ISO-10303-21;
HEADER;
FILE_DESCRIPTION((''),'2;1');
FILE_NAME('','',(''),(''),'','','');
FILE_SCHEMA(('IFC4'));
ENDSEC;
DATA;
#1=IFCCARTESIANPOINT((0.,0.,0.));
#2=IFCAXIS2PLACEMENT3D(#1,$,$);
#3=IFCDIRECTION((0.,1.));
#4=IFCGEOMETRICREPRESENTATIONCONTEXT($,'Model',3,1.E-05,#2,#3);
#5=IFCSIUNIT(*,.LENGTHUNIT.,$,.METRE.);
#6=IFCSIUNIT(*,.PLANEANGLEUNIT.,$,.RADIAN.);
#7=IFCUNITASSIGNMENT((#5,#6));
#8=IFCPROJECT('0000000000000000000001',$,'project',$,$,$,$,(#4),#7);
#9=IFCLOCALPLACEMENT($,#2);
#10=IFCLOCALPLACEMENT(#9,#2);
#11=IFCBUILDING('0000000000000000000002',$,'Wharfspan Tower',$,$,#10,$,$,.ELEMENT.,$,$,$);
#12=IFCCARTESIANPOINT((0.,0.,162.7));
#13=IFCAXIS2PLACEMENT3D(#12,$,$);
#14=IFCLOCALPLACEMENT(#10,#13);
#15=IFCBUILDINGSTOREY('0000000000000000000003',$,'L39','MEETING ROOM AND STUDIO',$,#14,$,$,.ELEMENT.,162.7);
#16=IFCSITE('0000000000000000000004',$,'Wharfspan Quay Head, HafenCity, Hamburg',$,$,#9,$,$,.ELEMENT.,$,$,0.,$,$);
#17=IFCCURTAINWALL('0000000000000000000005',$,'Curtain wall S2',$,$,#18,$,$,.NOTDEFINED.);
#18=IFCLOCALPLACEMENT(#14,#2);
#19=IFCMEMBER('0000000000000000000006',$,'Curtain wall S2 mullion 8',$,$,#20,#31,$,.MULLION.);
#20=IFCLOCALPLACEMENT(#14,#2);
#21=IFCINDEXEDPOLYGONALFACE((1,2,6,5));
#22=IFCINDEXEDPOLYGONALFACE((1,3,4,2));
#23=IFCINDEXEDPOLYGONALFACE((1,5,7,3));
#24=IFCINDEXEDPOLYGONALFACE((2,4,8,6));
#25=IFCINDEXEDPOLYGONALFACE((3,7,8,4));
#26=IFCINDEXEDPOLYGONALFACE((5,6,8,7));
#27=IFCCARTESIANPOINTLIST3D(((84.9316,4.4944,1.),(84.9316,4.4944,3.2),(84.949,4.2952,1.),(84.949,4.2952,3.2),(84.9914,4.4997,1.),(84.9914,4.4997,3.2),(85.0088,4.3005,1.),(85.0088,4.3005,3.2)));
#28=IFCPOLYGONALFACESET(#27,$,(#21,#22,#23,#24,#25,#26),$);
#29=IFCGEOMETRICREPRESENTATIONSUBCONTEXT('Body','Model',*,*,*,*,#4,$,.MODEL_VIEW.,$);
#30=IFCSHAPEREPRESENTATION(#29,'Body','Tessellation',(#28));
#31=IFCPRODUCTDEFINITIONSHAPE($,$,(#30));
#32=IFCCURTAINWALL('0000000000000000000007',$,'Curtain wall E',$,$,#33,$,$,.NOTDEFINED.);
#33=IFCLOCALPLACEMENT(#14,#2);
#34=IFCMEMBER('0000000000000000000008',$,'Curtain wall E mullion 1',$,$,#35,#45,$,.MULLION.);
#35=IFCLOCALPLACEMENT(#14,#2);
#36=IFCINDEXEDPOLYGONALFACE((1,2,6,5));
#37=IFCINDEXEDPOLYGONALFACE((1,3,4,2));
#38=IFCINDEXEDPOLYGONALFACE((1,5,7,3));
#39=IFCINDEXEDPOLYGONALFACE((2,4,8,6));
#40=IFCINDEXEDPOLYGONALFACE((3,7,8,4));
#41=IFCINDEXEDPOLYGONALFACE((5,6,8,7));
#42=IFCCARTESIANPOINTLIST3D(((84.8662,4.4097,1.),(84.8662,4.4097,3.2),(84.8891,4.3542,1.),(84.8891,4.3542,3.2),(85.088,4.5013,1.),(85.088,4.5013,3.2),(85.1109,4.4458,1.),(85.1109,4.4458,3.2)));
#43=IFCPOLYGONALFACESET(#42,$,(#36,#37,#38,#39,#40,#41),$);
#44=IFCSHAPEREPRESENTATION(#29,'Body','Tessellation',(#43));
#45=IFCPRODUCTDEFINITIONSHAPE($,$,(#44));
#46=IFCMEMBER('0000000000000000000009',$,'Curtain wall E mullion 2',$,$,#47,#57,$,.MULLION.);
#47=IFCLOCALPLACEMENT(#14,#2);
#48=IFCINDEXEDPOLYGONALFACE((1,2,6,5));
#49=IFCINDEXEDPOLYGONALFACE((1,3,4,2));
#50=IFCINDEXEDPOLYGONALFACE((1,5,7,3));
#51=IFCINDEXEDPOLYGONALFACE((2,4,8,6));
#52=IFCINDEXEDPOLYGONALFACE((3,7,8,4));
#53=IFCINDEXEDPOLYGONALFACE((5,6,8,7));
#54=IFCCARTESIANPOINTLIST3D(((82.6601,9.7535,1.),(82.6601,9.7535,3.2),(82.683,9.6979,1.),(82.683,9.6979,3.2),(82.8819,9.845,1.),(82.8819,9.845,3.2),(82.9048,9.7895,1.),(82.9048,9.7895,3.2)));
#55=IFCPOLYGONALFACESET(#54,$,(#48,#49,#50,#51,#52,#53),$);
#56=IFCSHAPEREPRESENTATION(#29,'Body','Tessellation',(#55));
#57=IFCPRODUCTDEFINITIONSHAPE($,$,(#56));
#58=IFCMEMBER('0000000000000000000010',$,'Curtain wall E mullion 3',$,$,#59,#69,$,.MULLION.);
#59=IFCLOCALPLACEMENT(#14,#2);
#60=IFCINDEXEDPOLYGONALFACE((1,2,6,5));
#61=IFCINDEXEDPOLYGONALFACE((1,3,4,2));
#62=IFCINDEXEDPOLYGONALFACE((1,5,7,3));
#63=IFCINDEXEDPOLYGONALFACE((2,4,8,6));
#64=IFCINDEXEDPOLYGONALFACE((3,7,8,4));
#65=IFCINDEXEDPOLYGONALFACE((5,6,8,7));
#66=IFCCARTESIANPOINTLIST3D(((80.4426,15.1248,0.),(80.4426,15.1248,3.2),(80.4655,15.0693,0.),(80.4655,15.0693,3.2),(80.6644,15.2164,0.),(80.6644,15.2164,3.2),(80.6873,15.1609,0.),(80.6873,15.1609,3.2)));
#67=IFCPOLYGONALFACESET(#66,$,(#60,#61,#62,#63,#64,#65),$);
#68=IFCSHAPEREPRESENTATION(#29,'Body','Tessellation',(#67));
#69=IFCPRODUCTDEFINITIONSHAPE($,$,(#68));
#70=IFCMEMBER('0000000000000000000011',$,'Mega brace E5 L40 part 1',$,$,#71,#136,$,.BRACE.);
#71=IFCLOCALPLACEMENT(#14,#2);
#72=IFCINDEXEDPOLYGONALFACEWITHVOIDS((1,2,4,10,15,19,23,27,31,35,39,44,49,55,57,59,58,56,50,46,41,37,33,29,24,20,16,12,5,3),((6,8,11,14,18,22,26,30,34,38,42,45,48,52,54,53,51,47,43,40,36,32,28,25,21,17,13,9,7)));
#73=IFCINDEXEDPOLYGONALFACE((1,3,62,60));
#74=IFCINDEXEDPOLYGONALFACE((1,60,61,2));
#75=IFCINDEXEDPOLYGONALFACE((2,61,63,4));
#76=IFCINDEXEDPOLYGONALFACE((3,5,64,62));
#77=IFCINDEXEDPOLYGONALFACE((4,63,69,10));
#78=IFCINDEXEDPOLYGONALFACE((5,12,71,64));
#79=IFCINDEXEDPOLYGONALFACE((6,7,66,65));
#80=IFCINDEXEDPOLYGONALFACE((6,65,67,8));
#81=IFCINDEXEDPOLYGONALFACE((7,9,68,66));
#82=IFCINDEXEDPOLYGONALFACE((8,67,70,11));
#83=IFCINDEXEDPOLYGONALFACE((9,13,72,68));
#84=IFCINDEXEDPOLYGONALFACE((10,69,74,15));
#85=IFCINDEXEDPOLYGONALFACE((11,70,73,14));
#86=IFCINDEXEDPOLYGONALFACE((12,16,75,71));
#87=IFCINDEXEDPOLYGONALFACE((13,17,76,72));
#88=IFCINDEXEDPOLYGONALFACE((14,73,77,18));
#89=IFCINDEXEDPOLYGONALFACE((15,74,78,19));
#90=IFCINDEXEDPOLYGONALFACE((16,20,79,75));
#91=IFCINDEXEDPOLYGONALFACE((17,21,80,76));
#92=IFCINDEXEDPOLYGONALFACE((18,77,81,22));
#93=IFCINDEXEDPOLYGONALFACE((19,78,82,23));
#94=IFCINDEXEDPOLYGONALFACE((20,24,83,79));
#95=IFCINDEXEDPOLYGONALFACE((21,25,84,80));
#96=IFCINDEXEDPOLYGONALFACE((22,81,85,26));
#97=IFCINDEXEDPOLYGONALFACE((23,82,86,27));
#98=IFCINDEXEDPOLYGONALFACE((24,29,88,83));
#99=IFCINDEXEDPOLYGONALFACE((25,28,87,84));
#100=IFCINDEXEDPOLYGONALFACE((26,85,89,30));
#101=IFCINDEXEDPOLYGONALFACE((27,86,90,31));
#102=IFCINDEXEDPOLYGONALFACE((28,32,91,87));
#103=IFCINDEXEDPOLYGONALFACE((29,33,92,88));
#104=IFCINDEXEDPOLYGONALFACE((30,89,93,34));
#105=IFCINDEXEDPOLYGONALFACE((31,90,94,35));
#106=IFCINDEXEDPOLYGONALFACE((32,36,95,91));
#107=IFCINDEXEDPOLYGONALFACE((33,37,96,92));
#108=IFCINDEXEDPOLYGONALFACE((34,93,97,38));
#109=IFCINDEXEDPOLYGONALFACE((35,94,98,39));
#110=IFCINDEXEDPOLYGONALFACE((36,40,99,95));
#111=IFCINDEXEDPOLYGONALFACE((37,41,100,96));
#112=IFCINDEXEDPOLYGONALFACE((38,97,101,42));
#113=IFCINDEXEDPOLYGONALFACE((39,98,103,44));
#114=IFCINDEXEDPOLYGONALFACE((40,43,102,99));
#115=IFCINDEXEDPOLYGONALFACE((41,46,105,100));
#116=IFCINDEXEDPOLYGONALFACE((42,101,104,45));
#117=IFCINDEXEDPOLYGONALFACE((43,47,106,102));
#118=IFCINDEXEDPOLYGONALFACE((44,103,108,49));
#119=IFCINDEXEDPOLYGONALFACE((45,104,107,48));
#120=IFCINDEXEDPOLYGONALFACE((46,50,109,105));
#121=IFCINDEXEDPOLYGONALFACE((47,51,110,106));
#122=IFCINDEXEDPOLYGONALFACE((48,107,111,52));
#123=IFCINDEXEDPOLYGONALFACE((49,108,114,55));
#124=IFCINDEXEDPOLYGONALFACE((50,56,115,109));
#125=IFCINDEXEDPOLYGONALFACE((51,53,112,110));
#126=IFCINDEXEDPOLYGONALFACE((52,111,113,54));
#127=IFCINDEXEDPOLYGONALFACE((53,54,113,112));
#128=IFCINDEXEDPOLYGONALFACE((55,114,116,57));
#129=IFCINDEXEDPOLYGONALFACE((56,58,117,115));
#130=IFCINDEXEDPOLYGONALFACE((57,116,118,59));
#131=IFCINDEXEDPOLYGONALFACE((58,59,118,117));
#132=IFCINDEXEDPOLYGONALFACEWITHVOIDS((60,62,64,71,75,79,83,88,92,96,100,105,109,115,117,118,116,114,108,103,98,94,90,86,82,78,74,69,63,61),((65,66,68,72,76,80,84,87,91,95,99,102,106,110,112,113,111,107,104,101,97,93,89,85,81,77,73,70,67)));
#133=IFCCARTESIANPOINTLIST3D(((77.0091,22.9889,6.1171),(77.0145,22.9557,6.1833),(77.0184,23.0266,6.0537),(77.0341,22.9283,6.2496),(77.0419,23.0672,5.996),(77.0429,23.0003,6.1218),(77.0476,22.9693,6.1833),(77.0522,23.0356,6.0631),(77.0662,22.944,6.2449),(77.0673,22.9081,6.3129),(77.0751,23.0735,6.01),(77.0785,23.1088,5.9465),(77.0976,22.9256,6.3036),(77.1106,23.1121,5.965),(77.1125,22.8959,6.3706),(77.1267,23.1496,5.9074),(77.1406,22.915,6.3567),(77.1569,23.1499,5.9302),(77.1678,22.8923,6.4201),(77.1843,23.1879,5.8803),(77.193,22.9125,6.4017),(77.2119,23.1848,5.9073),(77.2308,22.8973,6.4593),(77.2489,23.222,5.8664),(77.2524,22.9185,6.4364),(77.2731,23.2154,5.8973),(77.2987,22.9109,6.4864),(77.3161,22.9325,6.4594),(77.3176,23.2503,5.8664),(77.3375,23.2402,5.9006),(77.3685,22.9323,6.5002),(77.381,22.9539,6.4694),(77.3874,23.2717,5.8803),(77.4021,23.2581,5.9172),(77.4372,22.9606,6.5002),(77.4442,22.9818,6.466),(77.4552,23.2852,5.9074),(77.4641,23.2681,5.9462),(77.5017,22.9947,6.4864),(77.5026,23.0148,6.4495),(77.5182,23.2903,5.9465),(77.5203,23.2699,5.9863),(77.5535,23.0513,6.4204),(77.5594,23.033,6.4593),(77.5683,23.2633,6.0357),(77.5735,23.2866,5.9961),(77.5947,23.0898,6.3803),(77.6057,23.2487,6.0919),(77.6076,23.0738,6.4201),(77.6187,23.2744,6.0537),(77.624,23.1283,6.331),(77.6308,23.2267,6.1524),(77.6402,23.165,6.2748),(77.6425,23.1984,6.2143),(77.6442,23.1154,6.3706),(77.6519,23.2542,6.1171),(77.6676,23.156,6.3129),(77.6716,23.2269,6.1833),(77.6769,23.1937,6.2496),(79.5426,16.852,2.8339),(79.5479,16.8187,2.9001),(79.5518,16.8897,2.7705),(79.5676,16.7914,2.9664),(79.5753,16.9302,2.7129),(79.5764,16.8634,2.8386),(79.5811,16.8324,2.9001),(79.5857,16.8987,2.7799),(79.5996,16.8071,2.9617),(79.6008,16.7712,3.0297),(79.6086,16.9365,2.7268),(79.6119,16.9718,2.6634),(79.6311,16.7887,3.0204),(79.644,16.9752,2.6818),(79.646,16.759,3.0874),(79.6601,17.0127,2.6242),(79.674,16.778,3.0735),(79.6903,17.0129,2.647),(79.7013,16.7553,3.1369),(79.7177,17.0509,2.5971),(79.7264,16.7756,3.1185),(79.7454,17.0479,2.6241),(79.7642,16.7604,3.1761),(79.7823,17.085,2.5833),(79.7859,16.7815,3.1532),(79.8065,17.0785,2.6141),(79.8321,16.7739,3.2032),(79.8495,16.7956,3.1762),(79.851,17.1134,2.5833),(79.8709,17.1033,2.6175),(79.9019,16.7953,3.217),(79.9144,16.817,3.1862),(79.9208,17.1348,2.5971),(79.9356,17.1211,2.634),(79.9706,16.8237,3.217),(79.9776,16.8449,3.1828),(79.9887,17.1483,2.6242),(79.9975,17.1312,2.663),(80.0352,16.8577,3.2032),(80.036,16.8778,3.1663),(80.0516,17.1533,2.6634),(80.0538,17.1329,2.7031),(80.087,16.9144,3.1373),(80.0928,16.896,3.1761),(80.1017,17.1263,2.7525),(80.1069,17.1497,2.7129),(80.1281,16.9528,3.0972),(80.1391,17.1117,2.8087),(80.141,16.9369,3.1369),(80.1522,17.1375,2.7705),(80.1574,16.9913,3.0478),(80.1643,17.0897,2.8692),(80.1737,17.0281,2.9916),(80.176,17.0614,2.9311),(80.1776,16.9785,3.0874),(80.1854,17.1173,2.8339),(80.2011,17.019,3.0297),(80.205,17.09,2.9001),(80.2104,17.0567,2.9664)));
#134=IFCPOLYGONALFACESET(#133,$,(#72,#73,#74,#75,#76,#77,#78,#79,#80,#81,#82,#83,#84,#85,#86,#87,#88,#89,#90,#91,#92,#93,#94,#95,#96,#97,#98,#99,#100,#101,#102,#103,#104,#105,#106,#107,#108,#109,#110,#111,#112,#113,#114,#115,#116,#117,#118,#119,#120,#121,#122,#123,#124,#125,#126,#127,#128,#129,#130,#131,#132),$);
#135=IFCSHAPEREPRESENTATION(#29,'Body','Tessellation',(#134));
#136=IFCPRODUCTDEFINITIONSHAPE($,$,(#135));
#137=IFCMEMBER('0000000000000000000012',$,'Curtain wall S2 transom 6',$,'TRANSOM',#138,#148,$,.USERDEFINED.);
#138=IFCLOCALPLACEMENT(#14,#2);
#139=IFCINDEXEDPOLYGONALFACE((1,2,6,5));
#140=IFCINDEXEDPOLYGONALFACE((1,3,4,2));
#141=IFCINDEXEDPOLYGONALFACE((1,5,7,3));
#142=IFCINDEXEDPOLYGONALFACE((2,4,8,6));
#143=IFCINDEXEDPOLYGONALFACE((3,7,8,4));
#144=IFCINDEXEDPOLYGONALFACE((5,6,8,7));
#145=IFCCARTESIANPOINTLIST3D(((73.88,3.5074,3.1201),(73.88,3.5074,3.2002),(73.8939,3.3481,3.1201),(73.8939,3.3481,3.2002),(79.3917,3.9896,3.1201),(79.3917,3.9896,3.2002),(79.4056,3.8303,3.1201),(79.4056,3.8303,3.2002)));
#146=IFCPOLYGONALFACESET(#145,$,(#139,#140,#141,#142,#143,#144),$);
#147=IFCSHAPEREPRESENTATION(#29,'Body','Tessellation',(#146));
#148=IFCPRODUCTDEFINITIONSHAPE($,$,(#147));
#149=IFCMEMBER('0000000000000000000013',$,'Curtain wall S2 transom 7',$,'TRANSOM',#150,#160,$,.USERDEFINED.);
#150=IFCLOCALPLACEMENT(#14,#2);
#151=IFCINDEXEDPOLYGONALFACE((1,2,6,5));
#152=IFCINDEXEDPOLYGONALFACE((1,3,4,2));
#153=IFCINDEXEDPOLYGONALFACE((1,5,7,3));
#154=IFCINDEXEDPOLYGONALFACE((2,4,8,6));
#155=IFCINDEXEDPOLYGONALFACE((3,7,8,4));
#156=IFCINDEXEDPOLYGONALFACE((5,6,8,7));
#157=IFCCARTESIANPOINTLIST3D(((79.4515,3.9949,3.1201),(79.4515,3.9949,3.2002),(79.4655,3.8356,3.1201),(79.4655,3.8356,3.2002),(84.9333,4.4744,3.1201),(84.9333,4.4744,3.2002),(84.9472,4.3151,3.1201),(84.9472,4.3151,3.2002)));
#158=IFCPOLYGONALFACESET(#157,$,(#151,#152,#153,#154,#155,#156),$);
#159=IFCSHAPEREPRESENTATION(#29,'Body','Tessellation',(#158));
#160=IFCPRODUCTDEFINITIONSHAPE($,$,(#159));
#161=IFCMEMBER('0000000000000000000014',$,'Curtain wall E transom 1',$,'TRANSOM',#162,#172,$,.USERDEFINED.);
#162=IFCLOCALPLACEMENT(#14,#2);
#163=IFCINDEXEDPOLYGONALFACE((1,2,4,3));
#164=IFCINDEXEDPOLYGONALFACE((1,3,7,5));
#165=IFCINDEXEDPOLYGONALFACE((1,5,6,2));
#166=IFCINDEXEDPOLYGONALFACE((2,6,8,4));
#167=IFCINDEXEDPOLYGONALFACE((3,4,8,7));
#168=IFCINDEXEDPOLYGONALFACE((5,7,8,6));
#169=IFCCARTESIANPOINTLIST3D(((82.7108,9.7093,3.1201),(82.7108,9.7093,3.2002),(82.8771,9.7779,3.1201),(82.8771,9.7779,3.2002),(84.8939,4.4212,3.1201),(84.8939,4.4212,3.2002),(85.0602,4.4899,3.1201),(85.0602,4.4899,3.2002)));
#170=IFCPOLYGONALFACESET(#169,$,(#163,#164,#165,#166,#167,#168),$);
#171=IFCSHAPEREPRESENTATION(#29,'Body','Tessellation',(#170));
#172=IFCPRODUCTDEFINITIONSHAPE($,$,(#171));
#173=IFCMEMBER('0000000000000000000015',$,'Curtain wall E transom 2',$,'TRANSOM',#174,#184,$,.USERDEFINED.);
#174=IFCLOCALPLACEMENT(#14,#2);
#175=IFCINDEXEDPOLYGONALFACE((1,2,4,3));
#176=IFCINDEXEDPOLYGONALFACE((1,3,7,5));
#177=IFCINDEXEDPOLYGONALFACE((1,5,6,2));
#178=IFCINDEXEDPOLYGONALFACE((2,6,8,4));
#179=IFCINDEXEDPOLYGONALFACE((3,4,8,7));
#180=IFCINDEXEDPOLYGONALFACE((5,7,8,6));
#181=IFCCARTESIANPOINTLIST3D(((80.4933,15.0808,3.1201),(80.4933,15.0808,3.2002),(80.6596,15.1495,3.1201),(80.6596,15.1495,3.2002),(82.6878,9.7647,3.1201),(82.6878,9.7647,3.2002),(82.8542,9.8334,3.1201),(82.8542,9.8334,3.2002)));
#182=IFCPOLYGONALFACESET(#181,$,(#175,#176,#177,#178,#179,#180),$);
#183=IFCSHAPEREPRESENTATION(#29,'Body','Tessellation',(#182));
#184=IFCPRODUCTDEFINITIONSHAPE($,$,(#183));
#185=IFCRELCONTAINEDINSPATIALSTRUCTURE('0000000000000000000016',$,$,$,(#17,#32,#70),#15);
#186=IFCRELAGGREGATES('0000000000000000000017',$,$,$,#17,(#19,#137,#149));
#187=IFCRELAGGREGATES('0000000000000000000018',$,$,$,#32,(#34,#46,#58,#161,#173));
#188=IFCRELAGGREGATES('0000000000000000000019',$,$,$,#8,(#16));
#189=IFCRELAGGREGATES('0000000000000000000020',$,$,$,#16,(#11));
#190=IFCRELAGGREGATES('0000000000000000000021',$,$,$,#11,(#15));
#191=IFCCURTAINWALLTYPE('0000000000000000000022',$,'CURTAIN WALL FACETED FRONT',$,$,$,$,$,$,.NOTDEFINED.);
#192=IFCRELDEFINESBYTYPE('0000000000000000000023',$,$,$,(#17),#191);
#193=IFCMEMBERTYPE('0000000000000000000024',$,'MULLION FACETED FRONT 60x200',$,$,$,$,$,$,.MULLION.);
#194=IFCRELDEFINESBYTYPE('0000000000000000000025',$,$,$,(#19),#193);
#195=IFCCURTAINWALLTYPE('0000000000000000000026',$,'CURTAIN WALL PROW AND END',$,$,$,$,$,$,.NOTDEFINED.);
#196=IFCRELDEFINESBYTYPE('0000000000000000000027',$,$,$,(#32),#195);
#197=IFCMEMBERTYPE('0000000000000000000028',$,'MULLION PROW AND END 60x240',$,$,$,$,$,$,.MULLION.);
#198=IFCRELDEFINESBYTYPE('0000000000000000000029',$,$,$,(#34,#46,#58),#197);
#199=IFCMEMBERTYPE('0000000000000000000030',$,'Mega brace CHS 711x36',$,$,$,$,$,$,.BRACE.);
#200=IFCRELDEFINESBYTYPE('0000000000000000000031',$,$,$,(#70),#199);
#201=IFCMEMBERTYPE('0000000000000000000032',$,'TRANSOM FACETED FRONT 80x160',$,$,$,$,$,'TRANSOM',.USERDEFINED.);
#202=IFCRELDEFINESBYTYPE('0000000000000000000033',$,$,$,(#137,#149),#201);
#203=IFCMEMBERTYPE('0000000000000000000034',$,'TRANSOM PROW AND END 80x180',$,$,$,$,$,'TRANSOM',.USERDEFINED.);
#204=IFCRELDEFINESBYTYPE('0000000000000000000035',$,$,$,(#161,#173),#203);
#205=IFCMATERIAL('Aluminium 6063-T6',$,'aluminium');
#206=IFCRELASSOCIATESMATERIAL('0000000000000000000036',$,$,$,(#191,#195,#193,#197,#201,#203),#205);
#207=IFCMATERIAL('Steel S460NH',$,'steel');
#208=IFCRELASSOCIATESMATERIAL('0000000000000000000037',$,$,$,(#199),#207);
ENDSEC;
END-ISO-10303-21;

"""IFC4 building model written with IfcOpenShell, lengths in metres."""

from ifc_helpers import new_model, si_unit, direction, frame, origin, origin_2d, place, context, subcontext, project, spatial, rectangle, hollow_circle, extrude, material, material_profile, profile_set, type_object, element, aggregate, save


model = new_model("IFC4")

# Units and contexts
model_context = context("Model", 3, precision=1e-05, world=origin(), true_north=direction((0.0, 1.0)))
body_context = subcontext(model_context, "Body", "Model", "MODEL_VIEW")
ifc_project = project(units=[si_unit("LENGTHUNIT", "METRE"), si_unit("PLANEANGLEUNIT", "RADIAN")], contexts=[model_context])

# Site, building, storey
site_placement = place(None, origin())
site = spatial("IfcSite", under=ifc_project, at=site_placement, Name="Wharfspan Quay Head, HafenCity, Hamburg", CompositionType="ELEMENT", RefElevation=0.0)
building_placement = place(site_placement, origin())
building = spatial("IfcBuilding", under=site, at=building_placement, Name="Wharfspan Tower", CompositionType="ELEMENT")
storey_placement = place(building_placement, frame((0.0, 0.0, 162.7)))
storey = spatial("IfcBuildingStorey", under=building, at=storey_placement, Name="L39", Description="MEETING ROOM AND STUDIO", CompositionType="ELEMENT", Elevation=162.7)

# Curtain walls, members
ifc_material_1 = material(Name="Aluminium 6063-T6", Category="aluminium")
curtain_wall_type_1 = type_object("IfcCurtainWallType", Name="CURTAIN WALL FACETED FRONT", PredefinedType="NOTDEFINED", material=ifc_material_1)
curtain_wall_1_placement = place(storey_placement, origin())
curtain_wall_1 = element("IfcCurtainWall", 1, at=curtain_wall_1_placement, inside=storey, type_object=curtain_wall_type_1, Name="Curtain wall S2", PredefinedType="NOTDEFINED")
ifc_material_profile_1 = material_profile(ifc_material_1, rectangle(XDim=0.2, YDim=0.0601, at=origin_2d()))
ifc_profile_set_1 = profile_set([ifc_material_profile_1], Name="Aluminium 6063-T6")
member_type_1 = type_object("IfcMemberType", Name="MULLION FACETED FRONT 60x200", PredefinedType="MULLION", material=ifc_profile_set_1)
member_1_placement = place(storey_placement, frame((84.9702, 4.3975, 1.0), z_axis=(0.0, 0.0, 1.0), x_axis=(-0.087156, 0.996198, 0.0)))
member_1 = element("IfcMember", 2, at=member_1_placement, type_object=member_type_1, Name="Curtain wall S2 mullion 8", PredefinedType="MULLION", context=body_context, shape_type="SweptSolid", body=[
    extrude(rectangle(XDim=0.2, YDim=0.0601, at=origin_2d()), origin(), (0.0, 0.0, 1.0), 2.2),
])
curtain_wall_type_2 = type_object("IfcCurtainWallType", Name="CURTAIN WALL PROW AND END", PredefinedType="NOTDEFINED", material=ifc_material_1)
curtain_wall_2_placement = place(storey_placement, origin())
curtain_wall_2 = element("IfcCurtainWall", 3, at=curtain_wall_2_placement, inside=storey, type_object=curtain_wall_type_2, Name="Curtain wall E", PredefinedType="NOTDEFINED")
ifc_material_profile_2 = material_profile(ifc_material_1, rectangle(XDim=0.24, YDim=0.0601, at=origin_2d()))
ifc_profile_set_2 = profile_set([ifc_material_profile_2], Name="Aluminium 6063-T6")
member_type_2 = type_object("IfcMemberType", Name="MULLION PROW AND END 60x240", PredefinedType="MULLION", material=ifc_profile_set_2)
member_2_placement = place(storey_placement, frame((84.9885, 4.4277, 1.0), z_axis=(0.0, 0.0, 1.0), x_axis=(-0.924325, -0.381602, 0.0)))
member_2 = element("IfcMember", 4, at=member_2_placement, type_object=member_type_2, Name="Curtain wall E mullion 1", PredefinedType="MULLION", context=body_context, shape_type="SweptSolid", body=[
    extrude(rectangle(XDim=0.24, YDim=0.0601, at=origin_2d()), origin(), (0.0, 0.0, 1.0), 2.2),
])
member_3_placement = place(storey_placement, frame((82.7825, 9.7715, 1.0), z_axis=(0.0, 0.0, 1.0), x_axis=(-0.924325, -0.381602, 0.0)))
member_3 = element("IfcMember", 5, at=member_3_placement, type_object=member_type_2, Name="Curtain wall E mullion 2", PredefinedType="MULLION", context=body_context, shape_type="SweptSolid", body=[
    extrude(rectangle(XDim=0.24, YDim=0.0601, at=origin_2d()), origin(), (0.0, 0.0, 1.0), 2.2),
])
member_4_placement = place(storey_placement, frame((80.5649, 15.1428, 0.0), z_axis=(0.0, 0.0, 1.0), x_axis=(-0.924325, -0.381602, 0.0)))
member_4 = element("IfcMember", 6, at=member_4_placement, type_object=member_type_2, Name="Curtain wall E mullion 3", PredefinedType="MULLION", context=body_context, shape_type="SweptSolid", body=[
    extrude(rectangle(XDim=0.24, YDim=0.0601, at=origin_2d()), origin(), (0.0, 0.0, 1.0), 3.2),
])

# Members
ifc_material_2 = material(Name="Steel S460NH", Category="steel")
ifc_material_profile_3 = material_profile(ifc_material_2, hollow_circle(Radius=0.3555, WallThickness=0.0359, at=origin_2d()))
ifc_profile_set_3 = profile_set([ifc_material_profile_3], Name="Steel S460NH")
member_type_3 = type_object("IfcMemberType", Name="Mega brace CHS 711x36", PredefinedType="BRACE", material=ifc_profile_set_3)
member_5_placement = place(storey_placement, frame((79.8765, 16.9543, 2.9001), z_axis=(-0.342045, 0.828562, 0.443271), x_axis=(-0.924337, -0.381581, -0.000003)))
element("IfcMember", 7, at=member_5_placement, inside=storey, type_object=member_type_3, Name="Mega brace E5 L40 part 1", PredefinedType="BRACE", context=body_context, shape_type="SweptSolid", body=[
    extrude(hollow_circle(Radius=0.3555, WallThickness=0.0359, at=origin_2d()), origin(), (0.0, 0.0, 1.0), 7.4067),
])
ifc_material_profile_4 = material_profile(ifc_material_1, rectangle(XDim=0.1599, YDim=0.0801, at=origin_2d()))
ifc_profile_set_4 = profile_set([ifc_material_profile_4], Name="Aluminium 6063-T6")
member_type_4 = type_object("IfcMemberType", Name="TRANSOM FACETED FRONT 80x160", ElementType="TRANSOM", PredefinedType="USERDEFINED", material=ifc_profile_set_4)
member_6_placement = place(storey_placement, frame((73.887, 3.4277, 3.1602), z_axis=(0.996195, 0.087149, 0.0), x_axis=(-0.087149, 0.996195, 0.0)))
member_6 = element("IfcMember", 8, at=member_6_placement, type_object=member_type_4, Name="Curtain wall S2 transom 6", ObjectType="TRANSOM", PredefinedType="USERDEFINED", context=body_context, shape_type="SweptSolid", body=[
    extrude(rectangle(XDim=0.1599, YDim=0.0801, at=origin_2d()), origin(), (0.0, 0.0, 1.0), 5.5327),
])
member_7_placement = place(storey_placement, frame((79.4585, 3.9153, 3.1602), z_axis=(0.996196, 0.087139, 0.0), x_axis=(-0.087139, 0.996196, 0.0)))
member_7 = element("IfcMember", 9, at=member_7_placement, type_object=member_type_4, Name="Curtain wall S2 transom 7", ObjectType="TRANSOM", PredefinedType="USERDEFINED", context=body_context, shape_type="SweptSolid", body=[
    extrude(rectangle(XDim=0.1599, YDim=0.0801, at=origin_2d()), origin(), (0.0, 0.0, 1.0), 5.5027),
])
ifc_material_profile_5 = material_profile(ifc_material_1, rectangle(XDim=0.1799, YDim=0.0801, at=origin_2d()))
ifc_profile_set_5 = profile_set([ifc_material_profile_5], Name="Aluminium 6063-T6")
member_type_5 = type_object("IfcMemberType", Name="TRANSOM PROW AND END 80x180", ElementType="TRANSOM", PredefinedType="USERDEFINED", material=ifc_profile_set_5)
member_8_placement = place(storey_placement, frame((84.9771, 4.4556, 3.1602), z_axis=(-0.381595, 0.924329, 0.0), x_axis=(-0.924329, -0.381595, 0.0)))
member_8 = element("IfcMember", 10, at=member_8_placement, type_object=member_type_5, Name="Curtain wall E transom 1", ObjectType="TRANSOM", PredefinedType="USERDEFINED", context=body_context, shape_type="SweptSolid", body=[
    extrude(rectangle(XDim=0.1799, YDim=0.0801, at=origin_2d()), origin(), (0.0, 0.0, 1.0), 5.7209),
])
member_9_placement = place(storey_placement, frame((82.771, 9.7991, 3.1602), z_axis=(-0.381578, 0.924337, 0.0), x_axis=(-0.924337, -0.381578, 0.0)))
member_9 = element("IfcMember", 11, at=member_9_placement, type_object=member_type_5, Name="Curtain wall E transom 2", ObjectType="TRANSOM", PredefinedType="USERDEFINED", context=body_context, shape_type="SweptSolid", body=[
    extrude(rectangle(XDim=0.1799, YDim=0.0801, at=origin_2d()), origin(), (0.0, 0.0, 1.0), 5.7512),
])

aggregate(curtain_wall_1, [member_1, member_6, member_7])
aggregate(curtain_wall_2, [member_2, member_3, member_4, member_8, member_9])

save(model, "model.ifc")
